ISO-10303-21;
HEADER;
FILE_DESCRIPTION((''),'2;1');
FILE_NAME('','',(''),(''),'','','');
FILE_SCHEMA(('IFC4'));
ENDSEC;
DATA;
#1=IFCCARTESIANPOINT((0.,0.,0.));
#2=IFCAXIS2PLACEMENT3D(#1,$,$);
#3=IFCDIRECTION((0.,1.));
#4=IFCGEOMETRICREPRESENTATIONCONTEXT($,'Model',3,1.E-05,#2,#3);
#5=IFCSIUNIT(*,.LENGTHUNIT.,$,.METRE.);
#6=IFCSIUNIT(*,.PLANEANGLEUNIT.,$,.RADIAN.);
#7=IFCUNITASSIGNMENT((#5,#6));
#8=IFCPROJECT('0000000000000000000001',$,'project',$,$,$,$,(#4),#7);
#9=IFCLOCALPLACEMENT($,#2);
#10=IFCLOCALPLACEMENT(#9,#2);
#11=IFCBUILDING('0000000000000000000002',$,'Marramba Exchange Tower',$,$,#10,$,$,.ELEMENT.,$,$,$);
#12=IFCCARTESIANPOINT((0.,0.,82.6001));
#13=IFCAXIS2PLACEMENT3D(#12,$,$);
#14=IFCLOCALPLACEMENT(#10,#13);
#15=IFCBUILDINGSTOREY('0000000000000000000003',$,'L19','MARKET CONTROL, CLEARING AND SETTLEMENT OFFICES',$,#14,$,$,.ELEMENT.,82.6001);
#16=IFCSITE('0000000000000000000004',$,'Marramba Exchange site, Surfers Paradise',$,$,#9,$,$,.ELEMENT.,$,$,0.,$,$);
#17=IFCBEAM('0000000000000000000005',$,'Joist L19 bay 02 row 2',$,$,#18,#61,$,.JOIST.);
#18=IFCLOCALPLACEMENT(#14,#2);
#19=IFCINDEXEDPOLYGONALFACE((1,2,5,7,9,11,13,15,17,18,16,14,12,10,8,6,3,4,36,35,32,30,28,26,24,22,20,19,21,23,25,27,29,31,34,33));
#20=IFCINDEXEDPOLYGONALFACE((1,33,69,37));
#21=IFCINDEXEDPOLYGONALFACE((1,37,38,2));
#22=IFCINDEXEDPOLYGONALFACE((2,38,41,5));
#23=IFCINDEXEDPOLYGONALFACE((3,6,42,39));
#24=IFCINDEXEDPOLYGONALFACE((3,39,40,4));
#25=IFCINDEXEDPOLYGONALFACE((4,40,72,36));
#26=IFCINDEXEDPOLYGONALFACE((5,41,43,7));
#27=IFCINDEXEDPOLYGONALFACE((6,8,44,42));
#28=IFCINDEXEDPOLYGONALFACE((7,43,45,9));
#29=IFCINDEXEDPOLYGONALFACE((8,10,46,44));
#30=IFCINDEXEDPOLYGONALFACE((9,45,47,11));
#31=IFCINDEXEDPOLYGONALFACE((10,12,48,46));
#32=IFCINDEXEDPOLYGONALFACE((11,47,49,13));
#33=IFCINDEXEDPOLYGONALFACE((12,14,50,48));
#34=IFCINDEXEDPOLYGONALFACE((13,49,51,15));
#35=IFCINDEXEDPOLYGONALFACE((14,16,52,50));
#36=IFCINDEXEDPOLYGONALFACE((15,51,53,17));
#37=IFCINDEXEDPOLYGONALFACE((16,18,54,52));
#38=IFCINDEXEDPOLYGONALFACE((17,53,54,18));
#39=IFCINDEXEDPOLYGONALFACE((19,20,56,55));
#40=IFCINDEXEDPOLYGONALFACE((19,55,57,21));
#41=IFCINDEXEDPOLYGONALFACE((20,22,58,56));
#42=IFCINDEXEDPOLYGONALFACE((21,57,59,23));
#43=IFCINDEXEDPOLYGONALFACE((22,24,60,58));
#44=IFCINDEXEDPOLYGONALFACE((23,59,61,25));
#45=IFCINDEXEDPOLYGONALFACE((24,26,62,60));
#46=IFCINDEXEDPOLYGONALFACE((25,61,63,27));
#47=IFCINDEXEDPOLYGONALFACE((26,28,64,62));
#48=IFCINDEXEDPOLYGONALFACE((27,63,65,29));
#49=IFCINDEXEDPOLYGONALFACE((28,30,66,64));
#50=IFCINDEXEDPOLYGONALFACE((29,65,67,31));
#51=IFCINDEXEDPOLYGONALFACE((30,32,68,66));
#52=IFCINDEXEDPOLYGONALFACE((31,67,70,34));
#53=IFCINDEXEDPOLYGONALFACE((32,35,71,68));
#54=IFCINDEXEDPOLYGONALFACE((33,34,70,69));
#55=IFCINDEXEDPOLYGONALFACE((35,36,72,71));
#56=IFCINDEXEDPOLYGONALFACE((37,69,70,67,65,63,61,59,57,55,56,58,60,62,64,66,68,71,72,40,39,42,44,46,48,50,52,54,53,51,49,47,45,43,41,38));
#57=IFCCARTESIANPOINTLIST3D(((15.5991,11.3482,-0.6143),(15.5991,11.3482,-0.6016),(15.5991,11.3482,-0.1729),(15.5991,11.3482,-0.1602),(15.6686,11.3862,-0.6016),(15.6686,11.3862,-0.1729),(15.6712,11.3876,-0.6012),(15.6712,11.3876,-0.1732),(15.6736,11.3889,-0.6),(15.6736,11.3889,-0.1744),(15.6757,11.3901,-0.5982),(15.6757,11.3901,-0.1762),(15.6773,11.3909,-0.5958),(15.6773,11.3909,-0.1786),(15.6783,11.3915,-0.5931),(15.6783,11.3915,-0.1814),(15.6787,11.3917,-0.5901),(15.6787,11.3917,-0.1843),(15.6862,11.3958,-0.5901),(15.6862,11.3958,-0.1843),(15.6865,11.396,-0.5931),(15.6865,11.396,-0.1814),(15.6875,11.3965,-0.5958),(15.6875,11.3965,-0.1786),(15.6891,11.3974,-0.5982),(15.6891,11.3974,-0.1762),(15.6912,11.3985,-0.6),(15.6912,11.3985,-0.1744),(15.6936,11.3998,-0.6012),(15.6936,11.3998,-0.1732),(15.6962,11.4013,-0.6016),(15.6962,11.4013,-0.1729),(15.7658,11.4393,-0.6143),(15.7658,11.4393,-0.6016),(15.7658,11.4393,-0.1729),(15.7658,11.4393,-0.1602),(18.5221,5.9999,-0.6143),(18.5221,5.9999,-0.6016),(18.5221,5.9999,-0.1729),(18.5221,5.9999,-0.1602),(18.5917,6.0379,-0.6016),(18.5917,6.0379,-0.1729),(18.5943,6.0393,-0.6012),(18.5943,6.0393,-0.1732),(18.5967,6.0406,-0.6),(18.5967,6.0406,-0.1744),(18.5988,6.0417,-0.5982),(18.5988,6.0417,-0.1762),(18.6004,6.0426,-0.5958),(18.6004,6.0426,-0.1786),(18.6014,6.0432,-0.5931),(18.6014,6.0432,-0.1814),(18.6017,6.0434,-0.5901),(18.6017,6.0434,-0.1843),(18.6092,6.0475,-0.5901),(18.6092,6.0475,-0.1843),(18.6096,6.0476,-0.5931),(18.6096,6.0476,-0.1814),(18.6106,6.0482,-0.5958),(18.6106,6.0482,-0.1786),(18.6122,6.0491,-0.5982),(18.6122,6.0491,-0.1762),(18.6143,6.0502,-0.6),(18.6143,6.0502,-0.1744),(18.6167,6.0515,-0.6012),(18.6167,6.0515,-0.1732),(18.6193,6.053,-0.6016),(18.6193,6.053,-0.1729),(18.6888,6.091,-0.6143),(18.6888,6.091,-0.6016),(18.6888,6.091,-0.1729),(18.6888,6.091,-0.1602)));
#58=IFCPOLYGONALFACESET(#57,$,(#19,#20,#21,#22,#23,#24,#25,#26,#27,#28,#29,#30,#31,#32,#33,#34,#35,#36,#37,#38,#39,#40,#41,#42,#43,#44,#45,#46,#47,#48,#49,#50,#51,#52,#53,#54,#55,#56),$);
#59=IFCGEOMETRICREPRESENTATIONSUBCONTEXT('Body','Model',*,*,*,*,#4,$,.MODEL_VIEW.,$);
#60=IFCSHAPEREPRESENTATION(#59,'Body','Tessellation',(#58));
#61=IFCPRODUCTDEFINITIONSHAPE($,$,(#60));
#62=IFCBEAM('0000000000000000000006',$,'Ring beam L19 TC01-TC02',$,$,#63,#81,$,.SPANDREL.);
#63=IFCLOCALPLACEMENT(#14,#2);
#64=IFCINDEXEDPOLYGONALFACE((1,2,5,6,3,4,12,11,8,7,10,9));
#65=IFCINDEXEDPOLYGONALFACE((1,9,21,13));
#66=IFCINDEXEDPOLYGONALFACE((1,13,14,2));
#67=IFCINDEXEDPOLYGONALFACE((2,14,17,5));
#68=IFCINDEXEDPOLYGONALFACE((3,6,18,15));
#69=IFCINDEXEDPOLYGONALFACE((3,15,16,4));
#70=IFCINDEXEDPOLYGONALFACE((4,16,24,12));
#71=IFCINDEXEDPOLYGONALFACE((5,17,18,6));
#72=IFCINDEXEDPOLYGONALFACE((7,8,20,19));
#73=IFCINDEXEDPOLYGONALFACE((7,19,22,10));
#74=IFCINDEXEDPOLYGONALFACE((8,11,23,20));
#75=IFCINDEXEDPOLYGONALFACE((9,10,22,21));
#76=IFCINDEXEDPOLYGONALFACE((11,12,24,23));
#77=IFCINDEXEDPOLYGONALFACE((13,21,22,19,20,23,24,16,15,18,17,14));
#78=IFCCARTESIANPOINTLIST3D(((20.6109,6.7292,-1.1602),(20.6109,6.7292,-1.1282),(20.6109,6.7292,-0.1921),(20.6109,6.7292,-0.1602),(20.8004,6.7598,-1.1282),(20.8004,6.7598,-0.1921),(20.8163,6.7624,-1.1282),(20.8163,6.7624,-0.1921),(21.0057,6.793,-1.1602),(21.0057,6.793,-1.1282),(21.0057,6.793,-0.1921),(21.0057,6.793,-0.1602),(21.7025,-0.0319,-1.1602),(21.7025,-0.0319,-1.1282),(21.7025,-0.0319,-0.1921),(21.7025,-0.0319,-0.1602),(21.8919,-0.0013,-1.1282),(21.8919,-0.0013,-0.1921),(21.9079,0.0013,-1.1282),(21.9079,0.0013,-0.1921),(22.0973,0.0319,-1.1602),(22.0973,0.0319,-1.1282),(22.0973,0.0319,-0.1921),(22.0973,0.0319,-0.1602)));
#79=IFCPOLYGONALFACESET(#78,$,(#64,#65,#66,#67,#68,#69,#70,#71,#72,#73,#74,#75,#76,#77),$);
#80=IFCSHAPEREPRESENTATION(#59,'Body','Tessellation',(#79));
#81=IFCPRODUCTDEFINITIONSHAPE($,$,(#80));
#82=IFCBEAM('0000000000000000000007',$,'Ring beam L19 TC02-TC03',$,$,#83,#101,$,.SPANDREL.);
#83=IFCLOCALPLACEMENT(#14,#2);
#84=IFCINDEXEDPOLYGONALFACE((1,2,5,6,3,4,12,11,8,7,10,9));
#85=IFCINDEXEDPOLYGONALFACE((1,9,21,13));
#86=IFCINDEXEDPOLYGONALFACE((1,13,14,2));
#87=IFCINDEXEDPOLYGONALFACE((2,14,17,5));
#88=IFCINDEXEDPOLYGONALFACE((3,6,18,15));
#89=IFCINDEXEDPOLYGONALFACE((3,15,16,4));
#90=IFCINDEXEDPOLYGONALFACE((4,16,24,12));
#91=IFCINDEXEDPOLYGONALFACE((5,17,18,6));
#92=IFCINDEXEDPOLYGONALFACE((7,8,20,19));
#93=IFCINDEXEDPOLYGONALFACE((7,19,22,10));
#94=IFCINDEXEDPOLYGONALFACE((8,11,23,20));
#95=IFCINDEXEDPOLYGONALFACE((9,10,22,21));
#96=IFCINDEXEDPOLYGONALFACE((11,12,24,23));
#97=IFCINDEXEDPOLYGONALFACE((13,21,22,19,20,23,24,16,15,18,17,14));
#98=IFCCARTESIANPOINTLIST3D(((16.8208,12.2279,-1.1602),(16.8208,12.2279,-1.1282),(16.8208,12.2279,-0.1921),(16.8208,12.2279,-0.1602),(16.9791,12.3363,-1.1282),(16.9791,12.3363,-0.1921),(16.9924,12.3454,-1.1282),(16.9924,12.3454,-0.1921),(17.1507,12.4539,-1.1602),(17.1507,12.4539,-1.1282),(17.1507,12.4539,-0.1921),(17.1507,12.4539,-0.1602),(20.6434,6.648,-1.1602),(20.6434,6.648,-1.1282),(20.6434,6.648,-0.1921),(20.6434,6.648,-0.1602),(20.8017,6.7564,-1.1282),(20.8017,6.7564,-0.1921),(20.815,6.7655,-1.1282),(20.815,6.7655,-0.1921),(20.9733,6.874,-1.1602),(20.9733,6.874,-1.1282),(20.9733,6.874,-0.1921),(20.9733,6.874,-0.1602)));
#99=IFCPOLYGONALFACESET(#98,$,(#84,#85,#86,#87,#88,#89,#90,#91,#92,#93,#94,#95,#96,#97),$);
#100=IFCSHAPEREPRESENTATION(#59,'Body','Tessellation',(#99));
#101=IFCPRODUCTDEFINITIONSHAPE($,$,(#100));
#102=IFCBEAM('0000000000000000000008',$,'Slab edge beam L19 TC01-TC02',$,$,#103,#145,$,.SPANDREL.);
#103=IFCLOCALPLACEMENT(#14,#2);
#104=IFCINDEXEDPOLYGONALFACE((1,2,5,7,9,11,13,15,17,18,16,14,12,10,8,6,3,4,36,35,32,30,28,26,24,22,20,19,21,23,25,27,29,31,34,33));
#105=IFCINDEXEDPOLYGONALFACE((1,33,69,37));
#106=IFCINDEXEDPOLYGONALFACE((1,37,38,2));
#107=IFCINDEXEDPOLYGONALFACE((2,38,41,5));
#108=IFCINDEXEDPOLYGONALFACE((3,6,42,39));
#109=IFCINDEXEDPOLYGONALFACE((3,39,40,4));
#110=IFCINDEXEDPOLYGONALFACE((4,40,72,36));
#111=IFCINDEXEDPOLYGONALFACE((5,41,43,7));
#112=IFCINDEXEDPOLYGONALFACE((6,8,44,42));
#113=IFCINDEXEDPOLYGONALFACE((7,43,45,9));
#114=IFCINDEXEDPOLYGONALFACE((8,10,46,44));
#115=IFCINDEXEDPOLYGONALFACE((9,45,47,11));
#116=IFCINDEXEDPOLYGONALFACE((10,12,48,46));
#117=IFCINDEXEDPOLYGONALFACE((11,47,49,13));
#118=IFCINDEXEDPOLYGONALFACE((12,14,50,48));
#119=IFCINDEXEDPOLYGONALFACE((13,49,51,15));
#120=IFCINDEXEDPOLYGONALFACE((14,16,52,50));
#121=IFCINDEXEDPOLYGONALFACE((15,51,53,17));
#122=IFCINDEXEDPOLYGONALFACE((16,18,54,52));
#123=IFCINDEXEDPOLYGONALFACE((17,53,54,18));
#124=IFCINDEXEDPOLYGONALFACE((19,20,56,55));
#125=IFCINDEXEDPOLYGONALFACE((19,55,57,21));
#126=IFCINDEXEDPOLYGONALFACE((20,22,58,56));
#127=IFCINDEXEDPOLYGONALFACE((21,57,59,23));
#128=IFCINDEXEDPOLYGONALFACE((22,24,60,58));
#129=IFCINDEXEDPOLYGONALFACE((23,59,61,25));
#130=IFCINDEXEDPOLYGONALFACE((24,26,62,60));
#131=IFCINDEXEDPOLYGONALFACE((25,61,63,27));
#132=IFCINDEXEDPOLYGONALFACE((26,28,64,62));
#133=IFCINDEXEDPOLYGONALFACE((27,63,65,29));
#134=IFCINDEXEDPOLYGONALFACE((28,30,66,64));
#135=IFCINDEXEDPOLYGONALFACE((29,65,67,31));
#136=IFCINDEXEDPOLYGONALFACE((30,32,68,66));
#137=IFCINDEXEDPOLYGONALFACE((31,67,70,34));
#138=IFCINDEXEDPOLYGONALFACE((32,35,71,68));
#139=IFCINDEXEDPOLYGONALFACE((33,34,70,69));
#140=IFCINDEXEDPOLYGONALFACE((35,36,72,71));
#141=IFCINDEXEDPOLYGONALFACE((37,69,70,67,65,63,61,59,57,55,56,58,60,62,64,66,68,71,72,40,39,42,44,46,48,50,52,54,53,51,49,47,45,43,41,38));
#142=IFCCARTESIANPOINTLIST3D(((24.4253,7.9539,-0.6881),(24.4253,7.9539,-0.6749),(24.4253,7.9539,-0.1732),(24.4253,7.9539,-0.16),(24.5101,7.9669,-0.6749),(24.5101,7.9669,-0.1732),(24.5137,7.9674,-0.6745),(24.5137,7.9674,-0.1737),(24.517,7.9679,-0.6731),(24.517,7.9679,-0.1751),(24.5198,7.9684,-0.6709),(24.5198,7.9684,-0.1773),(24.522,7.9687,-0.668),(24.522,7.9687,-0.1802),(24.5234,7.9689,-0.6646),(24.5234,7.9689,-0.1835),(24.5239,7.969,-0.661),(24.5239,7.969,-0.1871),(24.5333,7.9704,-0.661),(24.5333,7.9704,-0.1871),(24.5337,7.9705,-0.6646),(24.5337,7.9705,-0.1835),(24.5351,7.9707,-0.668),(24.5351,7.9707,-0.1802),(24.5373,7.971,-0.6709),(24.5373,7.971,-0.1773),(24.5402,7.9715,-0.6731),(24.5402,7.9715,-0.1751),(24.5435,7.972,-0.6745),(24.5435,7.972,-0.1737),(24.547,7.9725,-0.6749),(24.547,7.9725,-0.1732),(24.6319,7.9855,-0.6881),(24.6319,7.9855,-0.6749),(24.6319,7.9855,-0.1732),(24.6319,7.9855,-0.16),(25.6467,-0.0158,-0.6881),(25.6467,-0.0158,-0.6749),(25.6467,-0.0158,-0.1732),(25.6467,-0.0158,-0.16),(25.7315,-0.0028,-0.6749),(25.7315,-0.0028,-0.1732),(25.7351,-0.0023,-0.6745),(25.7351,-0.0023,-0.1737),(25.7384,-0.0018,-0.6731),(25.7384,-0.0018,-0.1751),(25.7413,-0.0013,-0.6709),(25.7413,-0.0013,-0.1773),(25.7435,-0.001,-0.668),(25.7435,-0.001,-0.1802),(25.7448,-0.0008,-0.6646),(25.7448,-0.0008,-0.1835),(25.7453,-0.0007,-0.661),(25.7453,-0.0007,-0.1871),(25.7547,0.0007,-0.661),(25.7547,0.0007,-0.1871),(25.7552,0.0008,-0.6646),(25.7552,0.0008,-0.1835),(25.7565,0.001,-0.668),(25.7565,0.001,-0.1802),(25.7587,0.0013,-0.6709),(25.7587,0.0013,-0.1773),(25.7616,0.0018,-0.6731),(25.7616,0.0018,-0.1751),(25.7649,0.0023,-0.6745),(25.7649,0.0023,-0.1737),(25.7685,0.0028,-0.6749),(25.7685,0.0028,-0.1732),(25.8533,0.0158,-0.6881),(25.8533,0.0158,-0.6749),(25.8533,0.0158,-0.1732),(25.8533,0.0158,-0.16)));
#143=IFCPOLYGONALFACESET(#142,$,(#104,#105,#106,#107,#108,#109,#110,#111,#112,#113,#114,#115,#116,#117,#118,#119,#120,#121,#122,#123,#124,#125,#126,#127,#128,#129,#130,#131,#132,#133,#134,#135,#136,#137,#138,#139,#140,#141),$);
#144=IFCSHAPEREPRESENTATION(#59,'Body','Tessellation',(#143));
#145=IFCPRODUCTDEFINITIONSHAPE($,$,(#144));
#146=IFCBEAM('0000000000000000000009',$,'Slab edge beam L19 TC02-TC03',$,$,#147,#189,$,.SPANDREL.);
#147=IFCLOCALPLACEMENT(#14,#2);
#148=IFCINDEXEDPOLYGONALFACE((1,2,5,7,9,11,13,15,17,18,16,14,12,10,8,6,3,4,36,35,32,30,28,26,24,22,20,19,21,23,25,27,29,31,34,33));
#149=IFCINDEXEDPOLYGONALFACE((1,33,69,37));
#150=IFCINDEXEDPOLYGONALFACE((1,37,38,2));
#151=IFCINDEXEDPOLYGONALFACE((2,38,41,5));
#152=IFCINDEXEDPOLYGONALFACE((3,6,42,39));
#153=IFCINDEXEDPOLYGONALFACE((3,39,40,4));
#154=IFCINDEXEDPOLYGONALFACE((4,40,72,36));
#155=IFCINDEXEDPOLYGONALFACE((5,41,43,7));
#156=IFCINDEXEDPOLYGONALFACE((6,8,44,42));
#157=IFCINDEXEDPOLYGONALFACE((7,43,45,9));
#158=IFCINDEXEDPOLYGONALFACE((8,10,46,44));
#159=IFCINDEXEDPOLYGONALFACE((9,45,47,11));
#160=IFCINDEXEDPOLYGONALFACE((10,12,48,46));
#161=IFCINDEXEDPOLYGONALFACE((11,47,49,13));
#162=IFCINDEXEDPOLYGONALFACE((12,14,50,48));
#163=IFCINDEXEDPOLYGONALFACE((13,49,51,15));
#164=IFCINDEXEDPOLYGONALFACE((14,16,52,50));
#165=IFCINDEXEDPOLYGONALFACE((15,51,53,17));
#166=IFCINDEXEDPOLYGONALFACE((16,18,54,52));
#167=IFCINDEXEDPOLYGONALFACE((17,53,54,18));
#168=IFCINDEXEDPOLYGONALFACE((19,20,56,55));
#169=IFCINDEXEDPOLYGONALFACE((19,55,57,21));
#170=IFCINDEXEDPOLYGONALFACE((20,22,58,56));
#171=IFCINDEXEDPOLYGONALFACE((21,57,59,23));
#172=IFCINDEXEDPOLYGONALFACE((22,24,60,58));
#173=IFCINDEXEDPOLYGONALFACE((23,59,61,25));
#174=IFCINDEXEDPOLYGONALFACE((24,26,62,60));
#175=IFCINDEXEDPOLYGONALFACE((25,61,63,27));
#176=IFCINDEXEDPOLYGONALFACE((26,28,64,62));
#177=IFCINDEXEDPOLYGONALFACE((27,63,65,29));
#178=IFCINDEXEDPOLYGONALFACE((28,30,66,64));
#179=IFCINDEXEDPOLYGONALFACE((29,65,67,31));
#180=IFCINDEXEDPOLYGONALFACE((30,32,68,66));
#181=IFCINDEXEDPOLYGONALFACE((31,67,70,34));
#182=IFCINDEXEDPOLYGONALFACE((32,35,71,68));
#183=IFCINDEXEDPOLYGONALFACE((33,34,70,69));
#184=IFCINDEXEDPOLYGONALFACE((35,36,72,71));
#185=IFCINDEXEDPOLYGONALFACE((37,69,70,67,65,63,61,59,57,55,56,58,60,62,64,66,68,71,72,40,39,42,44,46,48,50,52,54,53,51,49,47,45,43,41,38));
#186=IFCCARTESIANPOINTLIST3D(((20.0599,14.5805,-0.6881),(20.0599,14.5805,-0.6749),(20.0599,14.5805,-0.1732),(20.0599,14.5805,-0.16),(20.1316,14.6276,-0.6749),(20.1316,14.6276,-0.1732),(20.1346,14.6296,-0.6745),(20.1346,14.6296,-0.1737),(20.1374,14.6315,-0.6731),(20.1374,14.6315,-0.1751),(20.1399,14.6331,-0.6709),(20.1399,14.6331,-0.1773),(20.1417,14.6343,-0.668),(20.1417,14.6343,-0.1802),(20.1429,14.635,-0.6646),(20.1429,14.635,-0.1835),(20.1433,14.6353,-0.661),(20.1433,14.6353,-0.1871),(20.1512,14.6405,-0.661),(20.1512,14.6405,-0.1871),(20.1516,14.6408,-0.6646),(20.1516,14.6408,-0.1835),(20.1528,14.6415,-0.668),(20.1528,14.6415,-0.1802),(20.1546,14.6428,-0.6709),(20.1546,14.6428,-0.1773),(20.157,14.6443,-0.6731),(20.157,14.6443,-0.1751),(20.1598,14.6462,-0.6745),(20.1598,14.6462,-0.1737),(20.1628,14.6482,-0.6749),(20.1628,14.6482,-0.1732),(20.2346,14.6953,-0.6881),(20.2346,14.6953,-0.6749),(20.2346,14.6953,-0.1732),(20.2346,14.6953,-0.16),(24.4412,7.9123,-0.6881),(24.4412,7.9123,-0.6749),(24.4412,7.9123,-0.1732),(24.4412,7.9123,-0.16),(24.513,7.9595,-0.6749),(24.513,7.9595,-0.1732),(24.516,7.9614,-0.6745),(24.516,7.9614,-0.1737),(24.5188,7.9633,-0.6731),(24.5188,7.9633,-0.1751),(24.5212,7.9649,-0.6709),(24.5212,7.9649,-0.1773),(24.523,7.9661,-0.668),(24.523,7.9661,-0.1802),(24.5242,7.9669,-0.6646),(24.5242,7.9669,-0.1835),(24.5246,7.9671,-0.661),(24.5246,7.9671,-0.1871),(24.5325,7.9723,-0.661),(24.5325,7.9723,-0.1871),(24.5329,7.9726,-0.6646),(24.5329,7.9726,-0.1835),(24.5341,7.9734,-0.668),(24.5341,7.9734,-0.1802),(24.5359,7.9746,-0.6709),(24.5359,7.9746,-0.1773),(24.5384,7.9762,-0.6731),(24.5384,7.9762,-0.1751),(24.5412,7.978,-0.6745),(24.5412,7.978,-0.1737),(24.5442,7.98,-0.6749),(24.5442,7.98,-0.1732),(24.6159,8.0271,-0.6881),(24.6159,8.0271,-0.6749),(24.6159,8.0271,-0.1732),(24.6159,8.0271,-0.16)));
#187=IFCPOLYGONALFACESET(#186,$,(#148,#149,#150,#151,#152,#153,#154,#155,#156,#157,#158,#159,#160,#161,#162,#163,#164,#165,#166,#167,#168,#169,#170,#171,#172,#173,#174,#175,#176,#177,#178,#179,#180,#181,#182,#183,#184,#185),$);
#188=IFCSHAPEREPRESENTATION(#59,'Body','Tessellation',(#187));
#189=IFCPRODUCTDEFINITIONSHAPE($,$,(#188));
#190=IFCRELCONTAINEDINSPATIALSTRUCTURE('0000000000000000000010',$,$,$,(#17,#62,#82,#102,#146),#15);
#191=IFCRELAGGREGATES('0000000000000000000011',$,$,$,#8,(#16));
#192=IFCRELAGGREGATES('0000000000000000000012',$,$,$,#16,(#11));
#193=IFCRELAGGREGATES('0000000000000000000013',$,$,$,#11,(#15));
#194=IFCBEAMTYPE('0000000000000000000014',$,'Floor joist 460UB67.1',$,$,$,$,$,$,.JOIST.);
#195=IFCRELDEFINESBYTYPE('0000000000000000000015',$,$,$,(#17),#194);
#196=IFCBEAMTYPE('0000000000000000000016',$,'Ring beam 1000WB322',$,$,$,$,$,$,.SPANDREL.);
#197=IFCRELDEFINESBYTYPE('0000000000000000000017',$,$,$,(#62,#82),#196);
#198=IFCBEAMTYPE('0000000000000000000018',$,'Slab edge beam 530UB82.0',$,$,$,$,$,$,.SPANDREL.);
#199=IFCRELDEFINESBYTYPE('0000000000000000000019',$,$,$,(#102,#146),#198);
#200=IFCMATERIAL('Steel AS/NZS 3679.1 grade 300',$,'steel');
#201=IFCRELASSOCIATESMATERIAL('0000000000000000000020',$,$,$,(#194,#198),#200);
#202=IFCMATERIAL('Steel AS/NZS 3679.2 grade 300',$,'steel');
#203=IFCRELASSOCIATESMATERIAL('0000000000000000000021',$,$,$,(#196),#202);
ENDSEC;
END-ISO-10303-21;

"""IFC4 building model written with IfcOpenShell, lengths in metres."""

from ifc_helpers import new_model, si_unit, direction, frame, origin, origin_2d, place, context, subcontext, project, spatial, i_section, extrude, material, material_profile, profile_set, type_object, element, save


model = new_model("IFC4")

# Units and contexts
model_context = context("Model", 3, precision=1e-05, world=origin(), true_north=direction((0.0, 1.0)))
body_context = subcontext(model_context, "Body", "Model", "MODEL_VIEW")
ifc_project = project(units=[si_unit("LENGTHUNIT", "METRE"), si_unit("PLANEANGLEUNIT", "RADIAN")], contexts=[model_context])

# Site, building, storey
site_placement = place(None, origin())
site = spatial("IfcSite", under=ifc_project, at=site_placement, Name="Marramba Exchange site, Surfers Paradise", CompositionType="ELEMENT", RefElevation=0.0)
building_placement = place(site_placement, origin())
building = spatial("IfcBuilding", under=site, at=building_placement, Name="Marramba Exchange Tower", CompositionType="ELEMENT")
storey_placement = place(building_placement, frame((0.0, 0.0, 82.6001)))
storey = spatial("IfcBuildingStorey", under=building, at=storey_placement, Name="L19", Description="MARKET CONTROL, CLEARING AND SETTLEMENT OFFICES", CompositionType="ELEMENT", Elevation=82.6001)

# Beams
ifc_material_1 = material(Name="Steel AS/NZS 3679.2 grade 300", Category="steel")
ifc_material_2 = material(Name="Steel AS/NZS 3679.1 grade 300", Category="steel")
ifc_material_profile_1 = material_profile(ifc_material_2, i_section(OverallWidth=0.1899, OverallDepth=0.4541, WebThickness=0.0085, FlangeThickness=0.0127, FilletRadius=0.0115, at=origin_2d()), Name="460UB67.1")
ifc_profile_set_1 = profile_set([ifc_material_profile_1], Name="Steel AS/NZS 3679.1 grade 300")
beam_type_1 = type_object("IfcBeamType", Name="Floor joist 460UB67.1", PredefinedType="JOIST", material=ifc_profile_set_1)
beam_1_placement = place(storey_placement, frame((18.6055, 6.0454, -0.3872), z_axis=(-0.479584, 0.877496, 0.0), x_axis=(-0.877496, -0.479584, 0.0)))
element("IfcBeam", 1, at=beam_1_placement, inside=storey, type_object=beam_type_1, Name="Joist L19 bay 02 row 2", PredefinedType="JOIST", context=body_context, shape_type="SweptSolid", body=[
    extrude(i_section(OverallWidth=0.1899, OverallDepth=0.4541, WebThickness=0.0085, FlangeThickness=0.0127, FilletRadius=0.0115, at=origin_2d()), origin(), (0.0, 0.0, 1.0), 6.095),
])
ifc_material_profile_2 = material_profile(ifc_material_1, i_section(OverallWidth=0.3999, OverallDepth=1.0, WebThickness=0.0161, FlangeThickness=0.032, at=origin_2d()), Name="1000WB322")
ifc_profile_set_2 = profile_set([ifc_material_profile_2], Name="Steel AS/NZS 3679.2 grade 300")
beam_type_2 = type_object("IfcBeamType", Name="Ring beam 1000WB322", PredefinedType="SPANDREL", material=ifc_profile_set_2)
beam_2_placement = place(storey_placement, frame((21.8999, 0.0, -0.6602), z_axis=(-0.159385, 0.987217, 0.0), x_axis=(-0.987217, -0.159385, 0.0)))
element("IfcBeam", 2, at=beam_2_placement, inside=storey, type_object=beam_type_2, Name="Ring beam L19 TC01-TC02", PredefinedType="SPANDREL", context=body_context, shape_type="SweptSolid", body=[
    extrude(i_section(OverallWidth=0.3999, OverallDepth=1.0, WebThickness=0.0161, FlangeThickness=0.032, at=origin_2d()), origin(), (0.0, 0.0, 1.0), 6.8486),
])
beam_3_placement = place(storey_placement, frame((20.8083, 6.761, -0.6602), z_axis=(-0.56516, 0.824981, 0.0), x_axis=(-0.824981, -0.56516, 0.0)))
element("IfcBeam", 3, at=beam_3_placement, inside=storey, type_object=beam_type_2, Name="Ring beam L19 TC02-TC03", PredefinedType="SPANDREL", context=body_context, shape_type="SweptSolid", body=[
    extrude(i_section(OverallWidth=0.3999, OverallDepth=1.0, WebThickness=0.0161, FlangeThickness=0.032, at=origin_2d()), origin(), (0.0, 0.0, 1.0), 6.7637),
])
ifc_material_profile_3 = material_profile(ifc_material_2, i_section(OverallWidth=0.209, OverallDepth=0.5281, WebThickness=0.0095, FlangeThickness=0.0132, FilletRadius=0.0139, at=origin_2d()), Name="530UB82.0")
ifc_profile_set_3 = profile_set([ifc_material_profile_3], Name="Steel AS/NZS 3679.1 grade 300")
beam_type_3 = type_object("IfcBeamType", Name="Slab edge beam 530UB82.0", PredefinedType="SPANDREL", material=ifc_profile_set_3)
beam_4_placement = place(storey_placement, frame((25.75, 0.0, -0.4241), z_axis=(-0.151491, 0.988459, 0.0), x_axis=(-0.988459, -0.151491, 0.0)))
element("IfcBeam", 4, at=beam_4_placement, inside=storey, type_object=beam_type_3, Name="Slab edge beam L19 TC01-TC02", PredefinedType="SPANDREL", context=body_context, shape_type="SweptSolid", body=[
    extrude(i_section(OverallWidth=0.209, OverallDepth=0.5281, WebThickness=0.0095, FlangeThickness=0.0132, FilletRadius=0.0139, at=origin_2d()), origin(), (0.0, 0.0, 1.0), 8.0627),
])
beam_5_placement = place(storey_placement, frame((24.5286, 7.9697, -0.4241), z_axis=(-0.549124, 0.835741, 0.0), x_axis=(-0.835741, -0.549124, 0.0)))
element("IfcBeam", 5, at=beam_5_placement, inside=storey, type_object=beam_type_3, Name="Slab edge beam L19 TC02-TC03", PredefinedType="SPANDREL", context=body_context, shape_type="SweptSolid", body=[
    extrude(i_section(OverallWidth=0.209, OverallDepth=0.5281, WebThickness=0.0095, FlangeThickness=0.0132, FilletRadius=0.0139, at=origin_2d()), origin(), (0.0, 0.0, 1.0), 7.9788),
])

save(model, "model.ifc")
